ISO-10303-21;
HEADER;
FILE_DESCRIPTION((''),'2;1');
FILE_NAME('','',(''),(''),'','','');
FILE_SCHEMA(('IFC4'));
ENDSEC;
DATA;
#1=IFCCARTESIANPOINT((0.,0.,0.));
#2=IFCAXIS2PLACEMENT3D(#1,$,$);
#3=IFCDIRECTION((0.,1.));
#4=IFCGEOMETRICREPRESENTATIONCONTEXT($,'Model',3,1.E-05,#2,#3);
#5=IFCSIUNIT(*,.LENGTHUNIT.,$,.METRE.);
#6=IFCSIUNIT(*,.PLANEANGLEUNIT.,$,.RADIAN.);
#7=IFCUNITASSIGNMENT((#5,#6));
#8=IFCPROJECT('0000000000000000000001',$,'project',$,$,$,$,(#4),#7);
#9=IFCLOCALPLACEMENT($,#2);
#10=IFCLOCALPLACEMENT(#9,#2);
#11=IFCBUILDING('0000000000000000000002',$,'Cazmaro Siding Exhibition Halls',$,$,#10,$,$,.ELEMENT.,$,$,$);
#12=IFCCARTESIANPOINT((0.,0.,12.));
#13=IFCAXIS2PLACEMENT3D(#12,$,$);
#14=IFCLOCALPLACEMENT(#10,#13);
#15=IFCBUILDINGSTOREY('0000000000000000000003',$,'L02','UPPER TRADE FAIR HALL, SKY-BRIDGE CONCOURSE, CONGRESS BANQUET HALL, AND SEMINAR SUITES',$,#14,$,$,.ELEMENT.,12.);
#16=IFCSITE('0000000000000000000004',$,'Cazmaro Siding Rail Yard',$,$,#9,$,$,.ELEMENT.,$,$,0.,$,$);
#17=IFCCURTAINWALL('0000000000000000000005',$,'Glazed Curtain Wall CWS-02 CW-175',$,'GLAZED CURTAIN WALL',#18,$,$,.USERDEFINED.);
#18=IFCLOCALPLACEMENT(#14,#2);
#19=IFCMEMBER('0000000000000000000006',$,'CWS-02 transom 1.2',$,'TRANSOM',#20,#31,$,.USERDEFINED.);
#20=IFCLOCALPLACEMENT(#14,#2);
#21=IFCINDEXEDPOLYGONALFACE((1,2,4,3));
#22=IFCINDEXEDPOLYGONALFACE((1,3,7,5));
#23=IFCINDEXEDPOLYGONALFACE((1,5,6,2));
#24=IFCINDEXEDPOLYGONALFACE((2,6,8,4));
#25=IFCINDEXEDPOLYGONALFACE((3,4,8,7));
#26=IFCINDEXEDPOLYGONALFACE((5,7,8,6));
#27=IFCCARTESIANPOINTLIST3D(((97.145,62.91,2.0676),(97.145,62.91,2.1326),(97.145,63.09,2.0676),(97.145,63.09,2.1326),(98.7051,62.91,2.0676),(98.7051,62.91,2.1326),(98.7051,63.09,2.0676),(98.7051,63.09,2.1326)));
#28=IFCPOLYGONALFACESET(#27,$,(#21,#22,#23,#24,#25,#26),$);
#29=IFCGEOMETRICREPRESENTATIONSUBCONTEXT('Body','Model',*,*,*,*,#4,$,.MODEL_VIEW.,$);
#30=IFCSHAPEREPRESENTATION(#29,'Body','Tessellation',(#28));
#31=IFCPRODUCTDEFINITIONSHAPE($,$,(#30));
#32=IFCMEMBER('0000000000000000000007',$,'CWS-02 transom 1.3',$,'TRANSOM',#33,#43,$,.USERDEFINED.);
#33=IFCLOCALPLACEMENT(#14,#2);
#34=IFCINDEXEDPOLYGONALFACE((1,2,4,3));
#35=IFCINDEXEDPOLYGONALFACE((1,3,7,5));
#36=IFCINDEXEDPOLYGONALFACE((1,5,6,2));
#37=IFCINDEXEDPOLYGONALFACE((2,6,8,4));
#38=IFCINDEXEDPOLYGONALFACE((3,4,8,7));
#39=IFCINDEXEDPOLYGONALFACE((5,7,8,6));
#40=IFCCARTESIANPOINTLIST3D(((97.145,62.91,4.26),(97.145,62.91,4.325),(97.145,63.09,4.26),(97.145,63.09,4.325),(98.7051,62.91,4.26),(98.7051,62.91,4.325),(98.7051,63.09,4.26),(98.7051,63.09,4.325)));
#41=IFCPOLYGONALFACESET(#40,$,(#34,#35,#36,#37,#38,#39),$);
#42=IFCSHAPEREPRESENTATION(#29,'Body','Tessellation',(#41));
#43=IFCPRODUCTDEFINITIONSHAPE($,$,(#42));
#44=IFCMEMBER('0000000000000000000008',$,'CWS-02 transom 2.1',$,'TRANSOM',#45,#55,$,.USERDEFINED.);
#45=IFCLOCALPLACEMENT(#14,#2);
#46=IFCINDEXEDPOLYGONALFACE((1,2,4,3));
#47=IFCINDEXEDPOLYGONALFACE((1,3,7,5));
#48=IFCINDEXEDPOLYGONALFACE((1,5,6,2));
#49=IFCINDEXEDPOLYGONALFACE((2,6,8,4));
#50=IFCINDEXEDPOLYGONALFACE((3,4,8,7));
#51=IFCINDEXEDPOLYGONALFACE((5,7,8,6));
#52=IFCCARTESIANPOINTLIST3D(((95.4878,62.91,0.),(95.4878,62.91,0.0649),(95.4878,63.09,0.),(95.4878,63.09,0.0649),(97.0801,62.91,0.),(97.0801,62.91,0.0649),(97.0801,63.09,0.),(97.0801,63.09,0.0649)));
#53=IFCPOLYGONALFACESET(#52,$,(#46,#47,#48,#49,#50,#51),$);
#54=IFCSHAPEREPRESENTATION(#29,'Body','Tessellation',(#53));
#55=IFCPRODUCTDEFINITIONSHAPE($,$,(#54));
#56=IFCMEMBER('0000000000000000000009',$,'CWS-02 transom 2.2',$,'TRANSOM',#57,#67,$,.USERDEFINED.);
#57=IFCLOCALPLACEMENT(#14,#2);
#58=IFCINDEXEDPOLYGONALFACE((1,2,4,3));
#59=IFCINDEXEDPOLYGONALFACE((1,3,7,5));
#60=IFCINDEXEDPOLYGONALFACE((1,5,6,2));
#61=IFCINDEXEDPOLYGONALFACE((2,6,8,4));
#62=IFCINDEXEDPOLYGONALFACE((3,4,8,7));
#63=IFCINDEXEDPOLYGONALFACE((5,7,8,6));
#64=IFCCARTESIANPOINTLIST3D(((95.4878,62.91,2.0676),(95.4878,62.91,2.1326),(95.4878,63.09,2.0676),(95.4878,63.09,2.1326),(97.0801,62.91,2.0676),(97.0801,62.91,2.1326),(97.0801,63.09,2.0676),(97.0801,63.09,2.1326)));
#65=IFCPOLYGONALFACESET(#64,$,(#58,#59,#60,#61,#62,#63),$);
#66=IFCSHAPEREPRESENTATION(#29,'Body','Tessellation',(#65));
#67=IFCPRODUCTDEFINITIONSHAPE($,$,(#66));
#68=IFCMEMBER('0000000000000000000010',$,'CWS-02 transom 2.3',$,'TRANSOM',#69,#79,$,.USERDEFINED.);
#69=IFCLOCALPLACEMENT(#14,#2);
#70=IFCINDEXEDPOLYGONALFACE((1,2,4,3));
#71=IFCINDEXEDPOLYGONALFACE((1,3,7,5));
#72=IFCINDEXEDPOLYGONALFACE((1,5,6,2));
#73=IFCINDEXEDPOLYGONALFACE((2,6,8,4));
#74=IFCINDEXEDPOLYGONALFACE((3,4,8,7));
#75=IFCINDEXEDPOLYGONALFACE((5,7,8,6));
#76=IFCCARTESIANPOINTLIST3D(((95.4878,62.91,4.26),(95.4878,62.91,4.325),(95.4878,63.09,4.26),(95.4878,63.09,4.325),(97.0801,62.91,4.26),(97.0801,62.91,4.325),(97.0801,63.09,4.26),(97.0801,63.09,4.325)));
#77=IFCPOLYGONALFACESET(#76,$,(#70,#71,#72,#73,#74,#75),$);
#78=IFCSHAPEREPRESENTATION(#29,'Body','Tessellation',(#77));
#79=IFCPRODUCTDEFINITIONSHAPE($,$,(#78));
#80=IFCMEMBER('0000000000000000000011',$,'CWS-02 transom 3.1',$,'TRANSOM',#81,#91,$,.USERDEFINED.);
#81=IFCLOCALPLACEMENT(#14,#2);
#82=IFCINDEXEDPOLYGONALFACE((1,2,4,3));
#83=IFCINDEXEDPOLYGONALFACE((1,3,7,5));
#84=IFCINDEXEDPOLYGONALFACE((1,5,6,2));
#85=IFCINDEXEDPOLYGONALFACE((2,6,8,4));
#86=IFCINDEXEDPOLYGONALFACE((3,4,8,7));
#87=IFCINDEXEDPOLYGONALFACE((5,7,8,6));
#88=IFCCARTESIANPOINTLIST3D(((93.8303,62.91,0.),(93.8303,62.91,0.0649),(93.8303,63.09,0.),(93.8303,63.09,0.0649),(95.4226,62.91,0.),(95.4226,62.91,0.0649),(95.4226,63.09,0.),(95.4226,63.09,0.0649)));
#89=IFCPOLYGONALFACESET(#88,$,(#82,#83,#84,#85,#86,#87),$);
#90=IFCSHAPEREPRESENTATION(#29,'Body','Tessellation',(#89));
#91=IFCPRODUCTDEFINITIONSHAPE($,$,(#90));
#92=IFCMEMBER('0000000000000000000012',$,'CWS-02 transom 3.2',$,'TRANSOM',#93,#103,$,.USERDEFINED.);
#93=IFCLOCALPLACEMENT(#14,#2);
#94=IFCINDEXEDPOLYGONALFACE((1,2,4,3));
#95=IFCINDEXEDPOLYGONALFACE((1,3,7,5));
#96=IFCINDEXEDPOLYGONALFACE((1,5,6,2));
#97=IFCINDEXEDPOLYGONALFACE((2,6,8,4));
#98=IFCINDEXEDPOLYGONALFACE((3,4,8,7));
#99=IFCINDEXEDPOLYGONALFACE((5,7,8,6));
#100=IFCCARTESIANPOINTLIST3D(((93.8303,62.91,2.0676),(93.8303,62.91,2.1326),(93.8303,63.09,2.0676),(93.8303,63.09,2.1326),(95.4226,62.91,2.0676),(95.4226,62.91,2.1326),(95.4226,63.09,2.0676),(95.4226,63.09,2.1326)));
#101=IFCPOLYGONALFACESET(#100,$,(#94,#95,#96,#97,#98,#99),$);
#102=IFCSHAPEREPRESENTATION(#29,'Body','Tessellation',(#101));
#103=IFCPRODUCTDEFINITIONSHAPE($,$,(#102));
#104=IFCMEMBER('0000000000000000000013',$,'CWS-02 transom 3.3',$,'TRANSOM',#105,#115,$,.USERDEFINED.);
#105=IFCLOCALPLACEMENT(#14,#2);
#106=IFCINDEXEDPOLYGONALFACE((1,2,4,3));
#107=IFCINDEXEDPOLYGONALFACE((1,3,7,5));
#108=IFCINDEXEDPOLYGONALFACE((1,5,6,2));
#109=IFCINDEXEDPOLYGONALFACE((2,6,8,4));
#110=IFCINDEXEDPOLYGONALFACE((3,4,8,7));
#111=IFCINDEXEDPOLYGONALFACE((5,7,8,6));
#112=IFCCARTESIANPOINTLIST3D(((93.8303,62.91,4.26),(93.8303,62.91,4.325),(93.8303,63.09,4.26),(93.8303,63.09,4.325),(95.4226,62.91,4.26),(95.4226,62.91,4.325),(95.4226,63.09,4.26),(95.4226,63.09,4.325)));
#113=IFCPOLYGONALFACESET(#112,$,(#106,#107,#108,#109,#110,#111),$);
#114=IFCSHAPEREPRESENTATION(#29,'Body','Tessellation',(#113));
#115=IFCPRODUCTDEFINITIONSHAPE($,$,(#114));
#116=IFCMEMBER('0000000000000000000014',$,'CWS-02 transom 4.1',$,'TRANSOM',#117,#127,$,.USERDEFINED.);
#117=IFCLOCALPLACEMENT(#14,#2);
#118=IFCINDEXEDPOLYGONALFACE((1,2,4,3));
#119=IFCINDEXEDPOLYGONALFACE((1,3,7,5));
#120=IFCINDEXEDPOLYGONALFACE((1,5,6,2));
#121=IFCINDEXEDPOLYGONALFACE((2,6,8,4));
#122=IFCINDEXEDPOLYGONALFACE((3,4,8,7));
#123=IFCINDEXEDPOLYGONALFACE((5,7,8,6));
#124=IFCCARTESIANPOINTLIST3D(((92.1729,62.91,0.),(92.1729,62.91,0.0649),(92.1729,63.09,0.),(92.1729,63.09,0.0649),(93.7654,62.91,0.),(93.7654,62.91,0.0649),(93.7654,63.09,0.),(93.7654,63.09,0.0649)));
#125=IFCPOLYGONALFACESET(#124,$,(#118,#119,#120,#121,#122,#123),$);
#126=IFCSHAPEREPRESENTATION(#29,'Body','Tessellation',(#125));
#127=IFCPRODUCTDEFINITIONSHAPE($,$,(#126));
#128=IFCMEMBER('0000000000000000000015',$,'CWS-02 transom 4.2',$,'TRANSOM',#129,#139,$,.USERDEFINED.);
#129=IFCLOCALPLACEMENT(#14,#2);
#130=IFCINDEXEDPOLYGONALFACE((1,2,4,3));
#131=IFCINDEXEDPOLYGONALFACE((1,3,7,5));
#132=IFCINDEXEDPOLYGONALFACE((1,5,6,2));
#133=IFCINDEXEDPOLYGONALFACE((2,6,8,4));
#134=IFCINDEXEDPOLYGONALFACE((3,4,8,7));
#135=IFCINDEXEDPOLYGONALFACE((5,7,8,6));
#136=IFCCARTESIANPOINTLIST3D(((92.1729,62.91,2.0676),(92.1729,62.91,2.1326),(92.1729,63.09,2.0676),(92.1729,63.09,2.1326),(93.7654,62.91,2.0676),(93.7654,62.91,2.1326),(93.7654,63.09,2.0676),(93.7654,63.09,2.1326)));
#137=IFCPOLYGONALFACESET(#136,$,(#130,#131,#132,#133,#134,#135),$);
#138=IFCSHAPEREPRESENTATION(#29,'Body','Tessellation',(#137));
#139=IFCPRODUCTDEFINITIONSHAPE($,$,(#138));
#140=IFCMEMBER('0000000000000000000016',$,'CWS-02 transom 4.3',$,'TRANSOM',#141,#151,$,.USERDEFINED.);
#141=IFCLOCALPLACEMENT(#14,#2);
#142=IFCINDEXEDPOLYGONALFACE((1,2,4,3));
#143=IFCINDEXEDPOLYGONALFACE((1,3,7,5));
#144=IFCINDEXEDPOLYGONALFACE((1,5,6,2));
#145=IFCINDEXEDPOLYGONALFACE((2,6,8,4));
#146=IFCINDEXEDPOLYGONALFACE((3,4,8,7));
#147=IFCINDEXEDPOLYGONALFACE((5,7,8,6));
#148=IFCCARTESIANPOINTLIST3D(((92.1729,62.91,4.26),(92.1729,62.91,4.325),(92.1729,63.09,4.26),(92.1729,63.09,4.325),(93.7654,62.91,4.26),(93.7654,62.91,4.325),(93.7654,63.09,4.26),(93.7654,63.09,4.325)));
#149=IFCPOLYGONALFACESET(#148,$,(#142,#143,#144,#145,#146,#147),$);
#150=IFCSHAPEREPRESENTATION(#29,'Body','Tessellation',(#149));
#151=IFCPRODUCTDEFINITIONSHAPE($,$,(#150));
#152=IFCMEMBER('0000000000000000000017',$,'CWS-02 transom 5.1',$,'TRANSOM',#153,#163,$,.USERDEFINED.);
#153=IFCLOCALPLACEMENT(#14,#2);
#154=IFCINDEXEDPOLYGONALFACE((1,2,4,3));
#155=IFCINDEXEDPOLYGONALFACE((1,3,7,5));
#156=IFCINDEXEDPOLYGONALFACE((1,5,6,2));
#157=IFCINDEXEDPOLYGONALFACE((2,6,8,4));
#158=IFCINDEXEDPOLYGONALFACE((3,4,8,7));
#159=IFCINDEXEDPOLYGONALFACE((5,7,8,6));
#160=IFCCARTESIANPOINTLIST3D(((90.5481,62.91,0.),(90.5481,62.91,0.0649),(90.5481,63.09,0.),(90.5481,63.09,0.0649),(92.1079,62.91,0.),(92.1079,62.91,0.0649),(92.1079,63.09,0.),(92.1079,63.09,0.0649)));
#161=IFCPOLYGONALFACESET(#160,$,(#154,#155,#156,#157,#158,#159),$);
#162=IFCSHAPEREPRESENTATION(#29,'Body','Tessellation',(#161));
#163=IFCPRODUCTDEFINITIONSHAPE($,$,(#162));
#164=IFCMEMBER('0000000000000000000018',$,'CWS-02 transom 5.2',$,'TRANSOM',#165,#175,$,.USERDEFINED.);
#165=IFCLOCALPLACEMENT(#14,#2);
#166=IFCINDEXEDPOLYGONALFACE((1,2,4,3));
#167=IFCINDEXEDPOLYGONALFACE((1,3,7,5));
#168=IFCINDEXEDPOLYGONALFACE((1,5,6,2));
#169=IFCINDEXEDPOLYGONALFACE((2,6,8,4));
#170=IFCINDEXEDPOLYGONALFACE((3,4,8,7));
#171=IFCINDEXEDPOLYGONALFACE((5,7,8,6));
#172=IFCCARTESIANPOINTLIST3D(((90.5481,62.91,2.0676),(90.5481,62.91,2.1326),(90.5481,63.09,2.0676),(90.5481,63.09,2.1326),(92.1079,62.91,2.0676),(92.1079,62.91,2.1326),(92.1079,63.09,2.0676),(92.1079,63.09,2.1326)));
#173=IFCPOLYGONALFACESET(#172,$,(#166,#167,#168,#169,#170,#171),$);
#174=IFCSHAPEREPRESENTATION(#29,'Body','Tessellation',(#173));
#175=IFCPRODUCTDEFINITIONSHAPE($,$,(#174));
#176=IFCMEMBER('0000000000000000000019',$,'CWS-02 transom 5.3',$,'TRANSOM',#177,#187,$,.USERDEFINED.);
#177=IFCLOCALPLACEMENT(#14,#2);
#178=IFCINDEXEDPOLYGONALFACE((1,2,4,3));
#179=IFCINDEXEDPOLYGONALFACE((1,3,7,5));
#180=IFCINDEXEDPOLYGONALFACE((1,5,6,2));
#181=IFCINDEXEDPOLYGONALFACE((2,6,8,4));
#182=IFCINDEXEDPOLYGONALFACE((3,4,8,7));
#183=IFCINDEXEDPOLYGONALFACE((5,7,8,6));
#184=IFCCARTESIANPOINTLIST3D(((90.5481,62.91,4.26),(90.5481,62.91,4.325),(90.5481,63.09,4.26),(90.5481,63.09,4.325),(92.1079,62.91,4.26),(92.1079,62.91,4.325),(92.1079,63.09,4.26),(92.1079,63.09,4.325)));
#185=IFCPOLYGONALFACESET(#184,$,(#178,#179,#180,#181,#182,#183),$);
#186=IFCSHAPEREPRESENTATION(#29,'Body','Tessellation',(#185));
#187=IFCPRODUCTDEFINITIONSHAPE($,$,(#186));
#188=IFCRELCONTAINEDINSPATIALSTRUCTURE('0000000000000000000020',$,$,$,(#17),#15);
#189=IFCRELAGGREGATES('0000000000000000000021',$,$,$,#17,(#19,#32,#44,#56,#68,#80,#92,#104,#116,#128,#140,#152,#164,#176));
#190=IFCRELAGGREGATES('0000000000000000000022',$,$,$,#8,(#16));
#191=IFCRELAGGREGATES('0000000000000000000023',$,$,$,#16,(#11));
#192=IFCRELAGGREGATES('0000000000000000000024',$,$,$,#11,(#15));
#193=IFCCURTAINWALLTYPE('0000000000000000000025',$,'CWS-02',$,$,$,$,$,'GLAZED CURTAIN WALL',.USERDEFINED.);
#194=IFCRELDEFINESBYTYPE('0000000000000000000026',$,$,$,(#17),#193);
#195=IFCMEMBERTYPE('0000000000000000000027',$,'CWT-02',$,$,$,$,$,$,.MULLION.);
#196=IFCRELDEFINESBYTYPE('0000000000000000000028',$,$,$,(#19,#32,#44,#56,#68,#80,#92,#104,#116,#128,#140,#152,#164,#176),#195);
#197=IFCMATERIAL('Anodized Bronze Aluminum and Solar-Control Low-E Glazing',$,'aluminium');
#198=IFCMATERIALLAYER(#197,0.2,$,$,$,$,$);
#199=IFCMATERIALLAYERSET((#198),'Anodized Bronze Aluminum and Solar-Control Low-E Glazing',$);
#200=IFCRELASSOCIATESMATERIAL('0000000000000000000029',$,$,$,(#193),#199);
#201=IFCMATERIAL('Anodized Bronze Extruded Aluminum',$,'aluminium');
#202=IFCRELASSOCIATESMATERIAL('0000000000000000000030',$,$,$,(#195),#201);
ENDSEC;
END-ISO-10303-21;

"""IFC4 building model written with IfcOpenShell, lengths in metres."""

from ifc_helpers import new_model, si_unit, direction, frame, origin, origin_2d, place, context, subcontext, project, spatial, rectangle, extrude, material, layer, layer_set, material_profile, profile_set, type_object, element, aggregate, save


model = new_model("IFC4")

# Units and contexts
model_context = context("Model", 3, precision=1e-05, world=origin(), true_north=direction((0.0, 1.0)))
body_context = subcontext(model_context, "Body", "Model", "MODEL_VIEW")
ifc_project = project(units=[si_unit("LENGTHUNIT", "METRE"), si_unit("PLANEANGLEUNIT", "RADIAN")], contexts=[model_context])

# Site, building, storey
site_placement = place(None, origin())
site = spatial("IfcSite", under=ifc_project, at=site_placement, Name="Cazmaro Siding Rail Yard", CompositionType="ELEMENT", RefElevation=0.0)
building_placement = place(site_placement, origin())
building = spatial("IfcBuilding", under=site, at=building_placement, Name="Cazmaro Siding Exhibition Halls", CompositionType="ELEMENT")
storey_placement = place(building_placement, frame((0.0, 0.0, 12.0)))
storey = spatial("IfcBuildingStorey", under=building, at=storey_placement, Name="L02", Description="UPPER TRADE FAIR HALL, SKY-BRIDGE CONCOURSE, CONGRESS BANQUET HALL, AND SEMINAR SUITES", CompositionType="ELEMENT", Elevation=12.0)

# Curtain wall, members
ifc_material_1 = material(Name="Anodized Bronze Aluminum and Solar-Control Low-E Glazing", Category="aluminium")
ifc_layer_1 = layer(ifc_material_1, 0.2)
ifc_layer_set_1 = layer_set([ifc_layer_1], Name="Anodized Bronze Aluminum and Solar-Control Low-E Glazing")
curtain_wall_type = type_object("IfcCurtainWallType", Name="CWS-02", ElementType="GLAZED CURTAIN WALL", PredefinedType="USERDEFINED", material=ifc_layer_set_1)
curtain_wall_placement = place(storey_placement, origin())
curtain_wall = element("IfcCurtainWall", 1, at=curtain_wall_placement, inside=storey, type_object=curtain_wall_type, Name="Glazed Curtain Wall CWS-02 CW-175", ObjectType="GLAZED CURTAIN WALL", PredefinedType="USERDEFINED")
ifc_material_2 = material(Name="Anodized Bronze Extruded Aluminum", Category="aluminium")
ifc_material_profile_1 = material_profile(ifc_material_2, rectangle(XDim=0.1799, YDim=0.0649, at=origin_2d()), Name="CWT-02")
ifc_profile_set_1 = profile_set([ifc_material_profile_1], Name="Anodized Bronze Extruded Aluminum")
member_type_1 = type_object("IfcMemberType", Name="CWT-02", PredefinedType="MULLION", material=ifc_profile_set_1)
member_1_placement = place(storey_placement, frame((98.7051, 63.0, 2.1001), z_axis=(-1.0, 0.0, 0.0), x_axis=(0.0, -1.0, 0.0)))
member_1 = element("IfcMember", 2, at=member_1_placement, type_object=member_type_1, Name="CWS-02 transom 1.2", ObjectType="TRANSOM", PredefinedType="USERDEFINED", context=body_context, shape_type="SweptSolid", body=[
    extrude(rectangle(XDim=0.1799, YDim=0.0649, at=origin_2d()), origin(), (0.0, 0.0, 1.0), 1.5601),
])
member_2_placement = place(storey_placement, frame((98.7051, 63.0, 4.2925), z_axis=(-1.0, 0.0, 0.0), x_axis=(0.0, -1.0, 0.0)))
member_2 = element("IfcMember", 3, at=member_2_placement, type_object=member_type_1, Name="CWS-02 transom 1.3", ObjectType="TRANSOM", PredefinedType="USERDEFINED", context=body_context, shape_type="SweptSolid", body=[
    extrude(rectangle(XDim=0.1799, YDim=0.0649, at=origin_2d()), origin(), (0.0, 0.0, 1.0), 1.5601),
])
member_3_placement = place(storey_placement, frame((97.0801, 63.0, 0.0325), z_axis=(-1.0, 0.0, 0.0), x_axis=(0.0, -1.0, 0.0)))
member_3 = element("IfcMember", 4, at=member_3_placement, type_object=member_type_1, Name="CWS-02 transom 2.1", ObjectType="TRANSOM", PredefinedType="USERDEFINED", context=body_context, shape_type="SweptSolid", body=[
    extrude(rectangle(XDim=0.1799, YDim=0.0649, at=origin_2d()), origin(), (0.0, 0.0, 1.0), 1.5923),
])
member_4_placement = place(storey_placement, frame((97.0801, 63.0, 2.1001), z_axis=(-1.0, 0.0, 0.0), x_axis=(0.0, -1.0, 0.0)))
member_4 = element("IfcMember", 5, at=member_4_placement, type_object=member_type_1, Name="CWS-02 transom 2.2", ObjectType="TRANSOM", PredefinedType="USERDEFINED", context=body_context, shape_type="SweptSolid", body=[
    extrude(rectangle(XDim=0.1799, YDim=0.0649, at=origin_2d()), origin(), (0.0, 0.0, 1.0), 1.5923),
])
member_5_placement = place(storey_placement, frame((97.0801, 63.0, 4.2925), z_axis=(-1.0, 0.0, 0.0), x_axis=(0.0, -1.0, 0.0)))
member_5 = element("IfcMember", 6, at=member_5_placement, type_object=member_type_1, Name="CWS-02 transom 2.3", ObjectType="TRANSOM", PredefinedType="USERDEFINED", context=body_context, shape_type="SweptSolid", body=[
    extrude(rectangle(XDim=0.1799, YDim=0.0649, at=origin_2d()), origin(), (0.0, 0.0, 1.0), 1.5923),
])
member_6_placement = place(storey_placement, frame((95.4226, 63.0, 0.0325), z_axis=(-1.0, 0.0, 0.0), x_axis=(0.0, -1.0, 0.0)))
member_6 = element("IfcMember", 7, at=member_6_placement, type_object=member_type_1, Name="CWS-02 transom 3.1", ObjectType="TRANSOM", PredefinedType="USERDEFINED", context=body_context, shape_type="SweptSolid", body=[
    extrude(rectangle(XDim=0.1799, YDim=0.0649, at=origin_2d()), origin(), (0.0, 0.0, 1.0), 1.5923),
])
member_7_placement = place(storey_placement, frame((95.4226, 63.0, 2.1001), z_axis=(-1.0, 0.0, 0.0), x_axis=(0.0, -1.0, 0.0)))
member_7 = element("IfcMember", 8, at=member_7_placement, type_object=member_type_1, Name="CWS-02 transom 3.2", ObjectType="TRANSOM", PredefinedType="USERDEFINED", context=body_context, shape_type="SweptSolid", body=[
    extrude(rectangle(XDim=0.1799, YDim=0.0649, at=origin_2d()), origin(), (0.0, 0.0, 1.0), 1.5923),
])
member_8_placement = place(storey_placement, frame((95.4226, 63.0, 4.2925), z_axis=(-1.0, 0.0, 0.0), x_axis=(0.0, -1.0, 0.0)))
member_8 = element("IfcMember", 9, at=member_8_placement, type_object=member_type_1, Name="CWS-02 transom 3.3", ObjectType="TRANSOM", PredefinedType="USERDEFINED", context=body_context, shape_type="SweptSolid", body=[
    extrude(rectangle(XDim=0.1799, YDim=0.0649, at=origin_2d()), origin(), (0.0, 0.0, 1.0), 1.5923),
])
member_9_placement = place(storey_placement, frame((93.7654, 63.0, 0.0325), z_axis=(-1.0, 0.0, 0.0), x_axis=(0.0, -1.0, 0.0)))
member_9 = element("IfcMember", 10, at=member_9_placement, type_object=member_type_1, Name="CWS-02 transom 4.1", ObjectType="TRANSOM", PredefinedType="USERDEFINED", context=body_context, shape_type="SweptSolid", body=[
    extrude(rectangle(XDim=0.1799, YDim=0.0649, at=origin_2d()), origin(), (0.0, 0.0, 1.0), 1.5925),
])
member_10_placement = place(storey_placement, frame((93.7654, 63.0, 2.1001), z_axis=(-1.0, 0.0, 0.0), x_axis=(0.0, -1.0, 0.0)))
member_10 = element("IfcMember", 11, at=member_10_placement, type_object=member_type_1, Name="CWS-02 transom 4.2", ObjectType="TRANSOM", PredefinedType="USERDEFINED", context=body_context, shape_type="SweptSolid", body=[
    extrude(rectangle(XDim=0.1799, YDim=0.0649, at=origin_2d()), origin(), (0.0, 0.0, 1.0), 1.5925),
])
member_11_placement = place(storey_placement, frame((93.7654, 63.0, 4.2925), z_axis=(-1.0, 0.0, 0.0), x_axis=(0.0, -1.0, 0.0)))
member_11 = element("IfcMember", 12, at=member_11_placement, type_object=member_type_1, Name="CWS-02 transom 4.3", ObjectType="TRANSOM", PredefinedType="USERDEFINED", context=body_context, shape_type="SweptSolid", body=[
    extrude(rectangle(XDim=0.1799, YDim=0.0649, at=origin_2d()), origin(), (0.0, 0.0, 1.0), 1.5925),
])
member_12_placement = place(storey_placement, frame((92.1079, 63.0, 0.0325), z_axis=(-1.0, 0.0, 0.0), x_axis=(0.0, -1.0, 0.0)))
member_12 = element("IfcMember", 13, at=member_12_placement, type_object=member_type_1, Name="CWS-02 transom 5.1", ObjectType="TRANSOM", PredefinedType="USERDEFINED", context=body_context, shape_type="SweptSolid", body=[
    extrude(rectangle(XDim=0.1799, YDim=0.0649, at=origin_2d()), origin(), (0.0, 0.0, 1.0), 1.5598),
])
member_13_placement = place(storey_placement, frame((92.1079, 63.0, 2.1001), z_axis=(-1.0, 0.0, 0.0), x_axis=(0.0, -1.0, 0.0)))
member_13 = element("IfcMember", 14, at=member_13_placement, type_object=member_type_1, Name="CWS-02 transom 5.2", ObjectType="TRANSOM", PredefinedType="USERDEFINED", context=body_context, shape_type="SweptSolid", body=[
    extrude(rectangle(XDim=0.1799, YDim=0.0649, at=origin_2d()), origin(), (0.0, 0.0, 1.0), 1.5598),
])
member_14_placement = place(storey_placement, frame((92.1079, 63.0, 4.2925), z_axis=(-1.0, 0.0, 0.0), x_axis=(0.0, -1.0, 0.0)))
member_14 = element("IfcMember", 15, at=member_14_placement, type_object=member_type_1, Name="CWS-02 transom 5.3", ObjectType="TRANSOM", PredefinedType="USERDEFINED", context=body_context, shape_type="SweptSolid", body=[
    extrude(rectangle(XDim=0.1799, YDim=0.0649, at=origin_2d()), origin(), (0.0, 0.0, 1.0), 1.5598),
])

aggregate(curtain_wall, [member_1, member_2, member_3, member_4, member_5, member_6, member_7, member_8, member_9, member_10, member_11, member_12, member_13, member_14])

save(model, "model.ifc")
